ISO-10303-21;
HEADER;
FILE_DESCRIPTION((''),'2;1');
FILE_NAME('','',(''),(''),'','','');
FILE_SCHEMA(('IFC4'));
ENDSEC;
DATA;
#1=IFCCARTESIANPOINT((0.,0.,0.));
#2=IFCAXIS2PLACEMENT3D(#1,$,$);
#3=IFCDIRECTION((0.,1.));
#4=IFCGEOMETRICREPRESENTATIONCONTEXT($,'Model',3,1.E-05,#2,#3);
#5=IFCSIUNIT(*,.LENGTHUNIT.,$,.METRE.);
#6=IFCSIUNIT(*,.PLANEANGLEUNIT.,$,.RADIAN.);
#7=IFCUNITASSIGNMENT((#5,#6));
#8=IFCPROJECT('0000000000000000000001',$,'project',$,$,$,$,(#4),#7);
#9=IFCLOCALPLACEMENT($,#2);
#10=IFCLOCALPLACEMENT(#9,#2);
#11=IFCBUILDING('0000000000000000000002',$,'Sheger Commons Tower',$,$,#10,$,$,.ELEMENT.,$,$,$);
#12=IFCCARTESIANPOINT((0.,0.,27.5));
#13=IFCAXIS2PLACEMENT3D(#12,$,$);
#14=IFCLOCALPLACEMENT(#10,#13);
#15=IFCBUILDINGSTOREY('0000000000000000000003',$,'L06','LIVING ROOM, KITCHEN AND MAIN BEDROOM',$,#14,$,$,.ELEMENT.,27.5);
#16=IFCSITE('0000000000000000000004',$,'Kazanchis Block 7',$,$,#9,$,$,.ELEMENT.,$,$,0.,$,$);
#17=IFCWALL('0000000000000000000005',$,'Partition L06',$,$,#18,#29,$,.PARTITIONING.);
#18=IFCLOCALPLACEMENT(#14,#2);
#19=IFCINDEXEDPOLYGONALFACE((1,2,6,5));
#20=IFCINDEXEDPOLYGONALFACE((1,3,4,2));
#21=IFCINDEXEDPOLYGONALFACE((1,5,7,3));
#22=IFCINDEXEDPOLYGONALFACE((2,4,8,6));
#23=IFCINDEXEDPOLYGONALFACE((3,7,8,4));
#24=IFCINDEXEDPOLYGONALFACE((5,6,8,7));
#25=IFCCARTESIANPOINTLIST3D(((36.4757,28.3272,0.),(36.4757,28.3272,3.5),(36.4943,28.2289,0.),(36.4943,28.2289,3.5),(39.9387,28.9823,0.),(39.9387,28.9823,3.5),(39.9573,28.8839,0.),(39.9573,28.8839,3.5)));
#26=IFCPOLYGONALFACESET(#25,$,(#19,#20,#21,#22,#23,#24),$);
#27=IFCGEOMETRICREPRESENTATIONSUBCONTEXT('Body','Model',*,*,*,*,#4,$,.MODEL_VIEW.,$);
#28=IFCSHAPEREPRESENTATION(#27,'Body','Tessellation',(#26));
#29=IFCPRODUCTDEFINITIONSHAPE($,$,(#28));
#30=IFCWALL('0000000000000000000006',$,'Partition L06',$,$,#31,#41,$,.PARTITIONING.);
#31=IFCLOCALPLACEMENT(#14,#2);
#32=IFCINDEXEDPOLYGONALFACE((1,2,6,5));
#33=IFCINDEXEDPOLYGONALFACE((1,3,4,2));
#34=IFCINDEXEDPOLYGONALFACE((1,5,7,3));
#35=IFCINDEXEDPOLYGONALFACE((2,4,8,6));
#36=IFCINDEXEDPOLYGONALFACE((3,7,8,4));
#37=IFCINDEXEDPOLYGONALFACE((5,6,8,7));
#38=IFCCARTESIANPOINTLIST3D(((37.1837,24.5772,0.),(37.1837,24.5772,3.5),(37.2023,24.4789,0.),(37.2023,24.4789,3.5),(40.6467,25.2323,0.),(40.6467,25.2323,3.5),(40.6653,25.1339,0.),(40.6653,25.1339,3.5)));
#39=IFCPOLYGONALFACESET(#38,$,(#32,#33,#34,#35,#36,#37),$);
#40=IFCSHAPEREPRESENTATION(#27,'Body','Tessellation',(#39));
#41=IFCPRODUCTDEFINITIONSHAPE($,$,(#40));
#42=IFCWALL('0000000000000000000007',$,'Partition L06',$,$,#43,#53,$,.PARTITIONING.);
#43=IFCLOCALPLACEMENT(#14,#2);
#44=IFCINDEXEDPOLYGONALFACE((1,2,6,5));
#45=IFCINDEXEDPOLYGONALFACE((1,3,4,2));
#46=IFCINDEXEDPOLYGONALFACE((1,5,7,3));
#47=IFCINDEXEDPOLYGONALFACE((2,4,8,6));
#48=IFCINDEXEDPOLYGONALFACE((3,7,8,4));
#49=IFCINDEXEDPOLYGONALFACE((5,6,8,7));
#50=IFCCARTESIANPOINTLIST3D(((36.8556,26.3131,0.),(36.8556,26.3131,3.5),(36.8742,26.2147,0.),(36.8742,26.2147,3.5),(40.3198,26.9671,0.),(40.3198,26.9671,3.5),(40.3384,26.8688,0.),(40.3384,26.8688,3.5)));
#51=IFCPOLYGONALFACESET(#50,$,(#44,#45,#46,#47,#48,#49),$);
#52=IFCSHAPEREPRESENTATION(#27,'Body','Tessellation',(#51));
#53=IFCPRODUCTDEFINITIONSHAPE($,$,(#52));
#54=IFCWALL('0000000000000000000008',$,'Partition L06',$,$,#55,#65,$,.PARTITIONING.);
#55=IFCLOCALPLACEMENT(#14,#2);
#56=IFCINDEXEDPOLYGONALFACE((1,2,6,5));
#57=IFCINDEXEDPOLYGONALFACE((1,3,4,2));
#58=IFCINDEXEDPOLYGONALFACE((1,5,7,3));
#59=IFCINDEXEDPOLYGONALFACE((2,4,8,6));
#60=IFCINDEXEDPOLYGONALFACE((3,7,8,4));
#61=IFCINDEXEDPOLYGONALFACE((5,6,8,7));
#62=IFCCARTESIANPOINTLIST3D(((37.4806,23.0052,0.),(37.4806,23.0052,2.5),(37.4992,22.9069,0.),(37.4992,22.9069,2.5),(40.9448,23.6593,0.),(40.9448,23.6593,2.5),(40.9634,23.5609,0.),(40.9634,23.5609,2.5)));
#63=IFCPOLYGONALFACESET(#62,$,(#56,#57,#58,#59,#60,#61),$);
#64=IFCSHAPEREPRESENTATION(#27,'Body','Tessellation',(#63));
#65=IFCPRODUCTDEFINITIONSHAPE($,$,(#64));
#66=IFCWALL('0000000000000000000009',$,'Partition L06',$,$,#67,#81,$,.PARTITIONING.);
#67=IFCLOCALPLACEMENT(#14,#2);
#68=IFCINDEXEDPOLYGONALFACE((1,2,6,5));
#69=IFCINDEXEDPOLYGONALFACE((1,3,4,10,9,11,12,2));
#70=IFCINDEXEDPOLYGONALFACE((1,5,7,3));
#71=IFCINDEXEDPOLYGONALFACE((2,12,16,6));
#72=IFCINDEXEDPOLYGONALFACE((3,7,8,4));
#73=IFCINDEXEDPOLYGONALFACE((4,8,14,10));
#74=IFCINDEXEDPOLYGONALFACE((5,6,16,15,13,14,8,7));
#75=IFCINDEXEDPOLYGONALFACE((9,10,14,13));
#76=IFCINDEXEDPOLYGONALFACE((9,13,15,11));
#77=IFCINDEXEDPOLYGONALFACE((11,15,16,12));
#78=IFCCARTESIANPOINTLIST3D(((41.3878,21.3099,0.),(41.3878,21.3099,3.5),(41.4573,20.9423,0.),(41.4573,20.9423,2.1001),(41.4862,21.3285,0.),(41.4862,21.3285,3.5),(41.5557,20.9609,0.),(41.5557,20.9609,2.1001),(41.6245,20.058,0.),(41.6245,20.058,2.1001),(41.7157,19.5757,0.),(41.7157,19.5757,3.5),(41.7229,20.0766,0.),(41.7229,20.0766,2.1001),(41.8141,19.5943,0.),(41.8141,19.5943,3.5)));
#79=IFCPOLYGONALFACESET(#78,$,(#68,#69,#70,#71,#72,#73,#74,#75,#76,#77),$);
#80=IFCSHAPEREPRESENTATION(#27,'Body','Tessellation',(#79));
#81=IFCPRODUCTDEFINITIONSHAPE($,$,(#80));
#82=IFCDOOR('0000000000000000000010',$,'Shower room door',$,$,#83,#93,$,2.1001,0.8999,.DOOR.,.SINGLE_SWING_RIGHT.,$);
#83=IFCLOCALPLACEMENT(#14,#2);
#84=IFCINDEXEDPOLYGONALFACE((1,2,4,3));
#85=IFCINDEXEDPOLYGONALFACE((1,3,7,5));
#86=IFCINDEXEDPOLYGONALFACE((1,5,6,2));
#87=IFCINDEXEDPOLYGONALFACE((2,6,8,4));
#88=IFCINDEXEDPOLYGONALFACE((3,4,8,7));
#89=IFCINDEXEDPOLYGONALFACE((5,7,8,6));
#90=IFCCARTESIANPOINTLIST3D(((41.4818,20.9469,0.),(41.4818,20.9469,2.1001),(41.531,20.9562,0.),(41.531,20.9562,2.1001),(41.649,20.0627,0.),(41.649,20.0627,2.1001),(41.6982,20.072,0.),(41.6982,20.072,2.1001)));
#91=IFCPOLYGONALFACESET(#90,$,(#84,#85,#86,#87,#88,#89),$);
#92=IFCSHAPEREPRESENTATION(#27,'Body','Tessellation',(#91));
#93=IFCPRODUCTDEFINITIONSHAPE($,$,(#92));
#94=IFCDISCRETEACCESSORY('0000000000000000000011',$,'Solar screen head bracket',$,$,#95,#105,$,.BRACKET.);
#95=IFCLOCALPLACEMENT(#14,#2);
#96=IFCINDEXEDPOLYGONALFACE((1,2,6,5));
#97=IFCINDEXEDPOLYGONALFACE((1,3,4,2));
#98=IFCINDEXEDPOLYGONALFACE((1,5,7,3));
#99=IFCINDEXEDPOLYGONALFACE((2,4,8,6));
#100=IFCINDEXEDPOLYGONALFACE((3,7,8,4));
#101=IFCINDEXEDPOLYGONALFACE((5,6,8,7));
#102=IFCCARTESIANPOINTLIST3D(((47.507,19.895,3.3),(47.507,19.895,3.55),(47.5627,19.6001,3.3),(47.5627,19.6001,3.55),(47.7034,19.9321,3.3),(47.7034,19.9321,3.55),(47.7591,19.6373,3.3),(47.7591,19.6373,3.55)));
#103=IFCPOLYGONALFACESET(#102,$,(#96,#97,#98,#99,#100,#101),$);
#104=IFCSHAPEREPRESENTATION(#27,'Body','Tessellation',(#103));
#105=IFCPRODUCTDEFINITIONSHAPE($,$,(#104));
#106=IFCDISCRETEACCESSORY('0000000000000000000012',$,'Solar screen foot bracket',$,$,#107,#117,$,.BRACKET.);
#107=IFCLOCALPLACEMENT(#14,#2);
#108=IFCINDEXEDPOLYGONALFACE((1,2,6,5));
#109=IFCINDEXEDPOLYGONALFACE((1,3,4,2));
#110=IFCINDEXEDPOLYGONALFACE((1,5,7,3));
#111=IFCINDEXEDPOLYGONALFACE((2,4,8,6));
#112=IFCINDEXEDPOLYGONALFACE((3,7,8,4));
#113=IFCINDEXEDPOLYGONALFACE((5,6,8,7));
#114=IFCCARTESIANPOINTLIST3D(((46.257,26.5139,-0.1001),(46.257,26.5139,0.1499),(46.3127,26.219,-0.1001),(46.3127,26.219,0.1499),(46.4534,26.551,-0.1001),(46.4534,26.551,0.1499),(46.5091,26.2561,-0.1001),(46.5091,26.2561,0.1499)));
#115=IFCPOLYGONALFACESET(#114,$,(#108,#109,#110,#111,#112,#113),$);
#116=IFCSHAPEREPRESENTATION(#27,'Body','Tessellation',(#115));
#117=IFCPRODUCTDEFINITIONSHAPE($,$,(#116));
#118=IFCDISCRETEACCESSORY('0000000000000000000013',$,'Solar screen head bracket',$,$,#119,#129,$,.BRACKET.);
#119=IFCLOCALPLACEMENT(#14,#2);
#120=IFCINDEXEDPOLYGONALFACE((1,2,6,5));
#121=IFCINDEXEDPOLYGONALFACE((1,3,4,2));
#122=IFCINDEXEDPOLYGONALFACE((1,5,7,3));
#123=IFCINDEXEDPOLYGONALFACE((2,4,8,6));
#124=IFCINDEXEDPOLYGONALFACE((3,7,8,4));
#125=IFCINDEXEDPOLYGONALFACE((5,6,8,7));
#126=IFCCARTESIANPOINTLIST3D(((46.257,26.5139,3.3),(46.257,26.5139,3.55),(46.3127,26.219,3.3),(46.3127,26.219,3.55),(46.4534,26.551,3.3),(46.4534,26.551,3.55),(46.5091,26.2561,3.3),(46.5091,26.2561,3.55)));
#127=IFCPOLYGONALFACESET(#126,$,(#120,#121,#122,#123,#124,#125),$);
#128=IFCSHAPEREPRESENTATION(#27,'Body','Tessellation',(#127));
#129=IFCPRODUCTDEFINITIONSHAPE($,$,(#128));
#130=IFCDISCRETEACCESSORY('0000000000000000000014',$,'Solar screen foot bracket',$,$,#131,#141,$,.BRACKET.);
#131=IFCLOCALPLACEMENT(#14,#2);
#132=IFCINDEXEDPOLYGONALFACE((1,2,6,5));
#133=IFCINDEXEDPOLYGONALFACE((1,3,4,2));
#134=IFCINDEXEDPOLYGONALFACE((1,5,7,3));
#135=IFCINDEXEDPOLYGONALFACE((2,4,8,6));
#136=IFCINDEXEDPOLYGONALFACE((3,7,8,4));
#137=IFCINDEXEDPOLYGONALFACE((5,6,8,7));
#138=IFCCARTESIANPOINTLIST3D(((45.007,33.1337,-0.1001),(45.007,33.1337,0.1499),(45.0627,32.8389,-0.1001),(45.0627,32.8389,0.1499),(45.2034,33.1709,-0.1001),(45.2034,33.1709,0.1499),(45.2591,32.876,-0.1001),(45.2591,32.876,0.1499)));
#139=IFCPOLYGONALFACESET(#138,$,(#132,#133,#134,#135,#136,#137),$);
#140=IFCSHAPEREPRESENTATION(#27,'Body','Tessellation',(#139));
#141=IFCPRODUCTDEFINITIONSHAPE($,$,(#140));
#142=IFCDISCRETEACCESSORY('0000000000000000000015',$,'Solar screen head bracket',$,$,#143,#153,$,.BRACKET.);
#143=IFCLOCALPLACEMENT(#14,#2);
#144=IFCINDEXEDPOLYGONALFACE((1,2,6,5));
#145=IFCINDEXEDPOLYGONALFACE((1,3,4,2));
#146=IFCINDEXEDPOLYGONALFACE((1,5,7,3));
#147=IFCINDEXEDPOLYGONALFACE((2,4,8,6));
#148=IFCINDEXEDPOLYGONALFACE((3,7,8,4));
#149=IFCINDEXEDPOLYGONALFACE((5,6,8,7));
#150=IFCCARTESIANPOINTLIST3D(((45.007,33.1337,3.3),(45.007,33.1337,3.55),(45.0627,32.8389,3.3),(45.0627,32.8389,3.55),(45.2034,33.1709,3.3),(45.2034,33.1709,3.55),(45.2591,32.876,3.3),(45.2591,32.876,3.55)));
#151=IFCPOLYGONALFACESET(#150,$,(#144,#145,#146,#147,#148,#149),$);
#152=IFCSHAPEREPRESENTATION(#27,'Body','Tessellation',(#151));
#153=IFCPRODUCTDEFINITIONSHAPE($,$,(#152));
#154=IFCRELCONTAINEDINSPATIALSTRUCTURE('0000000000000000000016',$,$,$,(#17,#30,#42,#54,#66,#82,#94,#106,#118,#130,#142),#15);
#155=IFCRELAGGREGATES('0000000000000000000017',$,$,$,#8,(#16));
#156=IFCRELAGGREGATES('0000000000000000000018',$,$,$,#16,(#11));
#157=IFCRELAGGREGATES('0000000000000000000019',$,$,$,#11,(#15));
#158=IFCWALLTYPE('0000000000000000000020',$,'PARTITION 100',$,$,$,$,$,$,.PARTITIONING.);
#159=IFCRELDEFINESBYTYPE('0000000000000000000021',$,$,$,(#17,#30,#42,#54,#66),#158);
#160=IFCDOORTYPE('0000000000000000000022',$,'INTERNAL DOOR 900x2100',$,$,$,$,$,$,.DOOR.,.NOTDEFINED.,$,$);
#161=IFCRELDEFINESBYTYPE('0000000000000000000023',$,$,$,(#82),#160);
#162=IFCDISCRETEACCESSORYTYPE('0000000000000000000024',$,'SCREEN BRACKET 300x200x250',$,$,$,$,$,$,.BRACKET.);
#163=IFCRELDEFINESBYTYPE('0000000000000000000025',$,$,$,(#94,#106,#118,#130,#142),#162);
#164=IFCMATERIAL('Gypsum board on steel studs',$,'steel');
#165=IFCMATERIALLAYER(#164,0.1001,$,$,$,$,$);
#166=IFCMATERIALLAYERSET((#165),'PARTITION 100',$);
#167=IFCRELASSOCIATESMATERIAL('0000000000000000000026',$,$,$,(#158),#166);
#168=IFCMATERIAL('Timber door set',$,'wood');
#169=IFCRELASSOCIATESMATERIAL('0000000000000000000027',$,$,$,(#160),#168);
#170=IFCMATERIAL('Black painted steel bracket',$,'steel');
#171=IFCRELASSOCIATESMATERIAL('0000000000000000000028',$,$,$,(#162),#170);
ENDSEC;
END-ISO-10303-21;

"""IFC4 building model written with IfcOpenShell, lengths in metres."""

from ifc_helpers import new_model, si_unit, direction, frame, frame_2d, origin, origin_2d, place, context, subcontext, project, spatial, rectangle, extrude, material, layer, layer_set, type_object, element, fill, save


model = new_model("IFC4")

# Units and contexts
model_context = context("Model", 3, precision=1e-05, world=origin(), true_north=direction((0.0, 1.0)))
body_context = subcontext(model_context, "Body", "Model", "MODEL_VIEW")
ifc_project = project(units=[si_unit("LENGTHUNIT", "METRE"), si_unit("PLANEANGLEUNIT", "RADIAN")], contexts=[model_context])

# Site, building, storey
site_placement = place(None, origin())
site = spatial("IfcSite", under=ifc_project, at=site_placement, Name="Kazanchis Block 7", CompositionType="ELEMENT", RefElevation=0.0)
building_placement = place(site_placement, origin())
building = spatial("IfcBuilding", under=site, at=building_placement, Name="Sheger Commons Tower", CompositionType="ELEMENT")
storey_placement = place(building_placement, frame((0.0, 0.0, 27.5)))
storey = spatial("IfcBuildingStorey", under=building, at=storey_placement, Name="L06", Description="LIVING ROOM, KITCHEN AND MAIN BEDROOM", CompositionType="ELEMENT", Elevation=27.5)

# Shared definitions
ifc_material_1 = material(Name="Gypsum board on steel studs", Category="steel")
ifc_layer_1 = layer(ifc_material_1, 0.1001)
ifc_layer_set_1 = layer_set([ifc_layer_1], Name="PARTITION 100")
wall_type_1 = type_object("IfcWallType", Name="PARTITION 100", PredefinedType="PARTITIONING", material=ifc_layer_set_1)
ifc_material_2 = material(Name="Timber door set", Category="wood")
door_type = type_object("IfcDoorType", Name="INTERNAL DOOR 900x2100", OperationType="NOTDEFINED", PredefinedType="DOOR", material=ifc_material_2)

# Walls
for number, where, z_axis, x_axis, name in (
    (1, (39.948, 28.9331, 0.0), (0.0, 0.0, 1.0), (-0.982576, -0.185861, 0.0), "Partition L06"),
    (2, (40.656, 25.1831, 0.0), (0.0, 0.0, 1.0), (-0.982576, -0.185861, 0.0), "Partition L06"),
):
    element("IfcWall", number, at=place(storey_placement, frame(where, z_axis=z_axis, x_axis=x_axis)), inside=storey, type_object=wall_type_1, Name=name, PredefinedType="PARTITIONING", context=body_context, shape_type="SweptSolid", body=[
        extrude(rectangle(XDim=3.5244, YDim=0.1001, at=frame_2d((1.7622, 0.0))), origin(), (0.0, 0.0, 1.0), 3.5),
    ])
wall_1_placement = place(storey_placement, frame((40.3291, 26.918, 0.0), z_axis=(0.0, 0.0, 1.0), x_axis=(-0.982639, -0.18553, 0.0)))
element("IfcWall", 3, at=wall_1_placement, inside=storey, type_object=wall_type_1, Name="Partition L06", PredefinedType="PARTITIONING", context=body_context, shape_type="SweptSolid", body=[
    extrude(rectangle(XDim=3.5254, YDim=0.1001, at=frame_2d((1.7627, 0.0))), origin(), (0.0, 0.0, 1.0), 3.5),
])
wall_2_placement = place(storey_placement, frame((40.9541, 23.6101, 0.0), z_axis=(0.0, 0.0, 1.0), x_axis=(-0.982639, -0.18553, 0.0)))
element("IfcWall", 4, at=wall_2_placement, inside=storey, type_object=wall_type_1, Name="Partition L06", PredefinedType="PARTITIONING", context=body_context, shape_type="SweptSolid", body=[
    extrude(rectangle(XDim=3.5254, YDim=0.1001, at=frame_2d((1.7627, 0.0))), origin(), (0.0, 0.0, 1.0), 2.5),
])

# Wall, opening, door
wall_3_placement = place(storey_placement, frame((41.437, 21.3191, 0.0), z_axis=(0.0, 0.0, 1.0), x_axis=(0.185783, -0.982591, 0.0)))
wall_3 = element("IfcWall", 5, at=wall_3_placement, inside=storey, type_object=wall_type_1, Name="Partition L06", PredefinedType="PARTITIONING", context=body_context, shape_type="SweptSolid", body=[
    extrude(rectangle(XDim=1.7649, YDim=0.1001, at=frame_2d((0.8823, 0.0))), origin(), (0.0, 0.0, 1.0), 3.5),
])
opening_1_placement = place(wall_3_placement, frame((0.374, 0.0, 0.0)))
opening_1 = element("IfcOpeningElement", 6, at=opening_1_placement, cuts=wall_3, PredefinedType="OPENING", context=body_context, shape_type="SweptSolid", body=[
    extrude(rectangle(XDim=0.8999, YDim=2.1001, at=frame_2d((0.45, 1.05))), frame((0.0, 0.0601, 0.0), z_axis=(0.0, -1.0, 0.0), x_axis=(1.0, 0.0, 0.0)), (0.0, 0.0, 1.0), 0.1201),
])
door_1_placement = place(opening_1_placement, origin())
door_1 = element("IfcDoor", 7, at=door_1_placement, inside=storey, type_object=door_type, Name="Shower room door", OperationType="SINGLE_SWING_RIGHT", OverallHeight=2.1001, OverallWidth=0.8999, PredefinedType="DOOR", context=body_context, shape_type="SweptSolid", body=[
    extrude(rectangle(XDim=0.8999, YDim=2.1001, at=frame_2d((0.45, 1.05))), frame((0.0, 0.0249, 0.0), z_axis=(0.0, -1.0, 0.0), x_axis=(1.0, 0.0, 0.0)), (0.0, 0.0, 1.0), 0.05),
])
fill(opening_1, door_1)

# Discrete accessories
ifc_material_3 = material(Name="Black painted steel bracket", Category="steel")
discrete_accessory_type = type_object("IfcDiscreteAccessoryType", Name="SCREEN BRACKET 300x200x250", PredefinedType="BRACKET", material=ifc_material_3)
for number, where, z_axis, x_axis, name in (
    (8, (47.6331, 19.7661, 3.3), (0.0, 0.0, 1.0), (-0.185615, 0.982623, 0.0), "Solar screen head bracket"),
    (9, (46.3831, 26.385, -0.1001), (0.0, 0.0, 1.0), (-0.185615, 0.982623, 0.0), "Solar screen foot bracket"),
    (10, (46.3831, 26.385, 3.3), (0.0, 0.0, 1.0), (-0.185615, 0.982623, 0.0), "Solar screen head bracket"),
    (11, (45.1331, 33.0049, -0.1001), (0.0, 0.0, 1.0), (-0.185615, 0.982623, 0.0), "Solar screen foot bracket"),
    (12, (45.1331, 33.0049, 3.3), (0.0, 0.0, 1.0), (-0.185615, 0.982623, 0.0), "Solar screen head bracket"),
):
    element("IfcDiscreteAccessory", number, at=place(storey_placement, frame(where, z_axis=z_axis, x_axis=x_axis)), inside=storey, type_object=discrete_accessory_type, Name=name, PredefinedType="BRACKET", context=body_context, shape_type="SweptSolid", body=[
        extrude(rectangle(XDim=0.3, YDim=0.2, at=origin_2d()), origin(), (0.0, 0.0, 1.0), 0.25),
    ])

save(model, "model.ifc")
